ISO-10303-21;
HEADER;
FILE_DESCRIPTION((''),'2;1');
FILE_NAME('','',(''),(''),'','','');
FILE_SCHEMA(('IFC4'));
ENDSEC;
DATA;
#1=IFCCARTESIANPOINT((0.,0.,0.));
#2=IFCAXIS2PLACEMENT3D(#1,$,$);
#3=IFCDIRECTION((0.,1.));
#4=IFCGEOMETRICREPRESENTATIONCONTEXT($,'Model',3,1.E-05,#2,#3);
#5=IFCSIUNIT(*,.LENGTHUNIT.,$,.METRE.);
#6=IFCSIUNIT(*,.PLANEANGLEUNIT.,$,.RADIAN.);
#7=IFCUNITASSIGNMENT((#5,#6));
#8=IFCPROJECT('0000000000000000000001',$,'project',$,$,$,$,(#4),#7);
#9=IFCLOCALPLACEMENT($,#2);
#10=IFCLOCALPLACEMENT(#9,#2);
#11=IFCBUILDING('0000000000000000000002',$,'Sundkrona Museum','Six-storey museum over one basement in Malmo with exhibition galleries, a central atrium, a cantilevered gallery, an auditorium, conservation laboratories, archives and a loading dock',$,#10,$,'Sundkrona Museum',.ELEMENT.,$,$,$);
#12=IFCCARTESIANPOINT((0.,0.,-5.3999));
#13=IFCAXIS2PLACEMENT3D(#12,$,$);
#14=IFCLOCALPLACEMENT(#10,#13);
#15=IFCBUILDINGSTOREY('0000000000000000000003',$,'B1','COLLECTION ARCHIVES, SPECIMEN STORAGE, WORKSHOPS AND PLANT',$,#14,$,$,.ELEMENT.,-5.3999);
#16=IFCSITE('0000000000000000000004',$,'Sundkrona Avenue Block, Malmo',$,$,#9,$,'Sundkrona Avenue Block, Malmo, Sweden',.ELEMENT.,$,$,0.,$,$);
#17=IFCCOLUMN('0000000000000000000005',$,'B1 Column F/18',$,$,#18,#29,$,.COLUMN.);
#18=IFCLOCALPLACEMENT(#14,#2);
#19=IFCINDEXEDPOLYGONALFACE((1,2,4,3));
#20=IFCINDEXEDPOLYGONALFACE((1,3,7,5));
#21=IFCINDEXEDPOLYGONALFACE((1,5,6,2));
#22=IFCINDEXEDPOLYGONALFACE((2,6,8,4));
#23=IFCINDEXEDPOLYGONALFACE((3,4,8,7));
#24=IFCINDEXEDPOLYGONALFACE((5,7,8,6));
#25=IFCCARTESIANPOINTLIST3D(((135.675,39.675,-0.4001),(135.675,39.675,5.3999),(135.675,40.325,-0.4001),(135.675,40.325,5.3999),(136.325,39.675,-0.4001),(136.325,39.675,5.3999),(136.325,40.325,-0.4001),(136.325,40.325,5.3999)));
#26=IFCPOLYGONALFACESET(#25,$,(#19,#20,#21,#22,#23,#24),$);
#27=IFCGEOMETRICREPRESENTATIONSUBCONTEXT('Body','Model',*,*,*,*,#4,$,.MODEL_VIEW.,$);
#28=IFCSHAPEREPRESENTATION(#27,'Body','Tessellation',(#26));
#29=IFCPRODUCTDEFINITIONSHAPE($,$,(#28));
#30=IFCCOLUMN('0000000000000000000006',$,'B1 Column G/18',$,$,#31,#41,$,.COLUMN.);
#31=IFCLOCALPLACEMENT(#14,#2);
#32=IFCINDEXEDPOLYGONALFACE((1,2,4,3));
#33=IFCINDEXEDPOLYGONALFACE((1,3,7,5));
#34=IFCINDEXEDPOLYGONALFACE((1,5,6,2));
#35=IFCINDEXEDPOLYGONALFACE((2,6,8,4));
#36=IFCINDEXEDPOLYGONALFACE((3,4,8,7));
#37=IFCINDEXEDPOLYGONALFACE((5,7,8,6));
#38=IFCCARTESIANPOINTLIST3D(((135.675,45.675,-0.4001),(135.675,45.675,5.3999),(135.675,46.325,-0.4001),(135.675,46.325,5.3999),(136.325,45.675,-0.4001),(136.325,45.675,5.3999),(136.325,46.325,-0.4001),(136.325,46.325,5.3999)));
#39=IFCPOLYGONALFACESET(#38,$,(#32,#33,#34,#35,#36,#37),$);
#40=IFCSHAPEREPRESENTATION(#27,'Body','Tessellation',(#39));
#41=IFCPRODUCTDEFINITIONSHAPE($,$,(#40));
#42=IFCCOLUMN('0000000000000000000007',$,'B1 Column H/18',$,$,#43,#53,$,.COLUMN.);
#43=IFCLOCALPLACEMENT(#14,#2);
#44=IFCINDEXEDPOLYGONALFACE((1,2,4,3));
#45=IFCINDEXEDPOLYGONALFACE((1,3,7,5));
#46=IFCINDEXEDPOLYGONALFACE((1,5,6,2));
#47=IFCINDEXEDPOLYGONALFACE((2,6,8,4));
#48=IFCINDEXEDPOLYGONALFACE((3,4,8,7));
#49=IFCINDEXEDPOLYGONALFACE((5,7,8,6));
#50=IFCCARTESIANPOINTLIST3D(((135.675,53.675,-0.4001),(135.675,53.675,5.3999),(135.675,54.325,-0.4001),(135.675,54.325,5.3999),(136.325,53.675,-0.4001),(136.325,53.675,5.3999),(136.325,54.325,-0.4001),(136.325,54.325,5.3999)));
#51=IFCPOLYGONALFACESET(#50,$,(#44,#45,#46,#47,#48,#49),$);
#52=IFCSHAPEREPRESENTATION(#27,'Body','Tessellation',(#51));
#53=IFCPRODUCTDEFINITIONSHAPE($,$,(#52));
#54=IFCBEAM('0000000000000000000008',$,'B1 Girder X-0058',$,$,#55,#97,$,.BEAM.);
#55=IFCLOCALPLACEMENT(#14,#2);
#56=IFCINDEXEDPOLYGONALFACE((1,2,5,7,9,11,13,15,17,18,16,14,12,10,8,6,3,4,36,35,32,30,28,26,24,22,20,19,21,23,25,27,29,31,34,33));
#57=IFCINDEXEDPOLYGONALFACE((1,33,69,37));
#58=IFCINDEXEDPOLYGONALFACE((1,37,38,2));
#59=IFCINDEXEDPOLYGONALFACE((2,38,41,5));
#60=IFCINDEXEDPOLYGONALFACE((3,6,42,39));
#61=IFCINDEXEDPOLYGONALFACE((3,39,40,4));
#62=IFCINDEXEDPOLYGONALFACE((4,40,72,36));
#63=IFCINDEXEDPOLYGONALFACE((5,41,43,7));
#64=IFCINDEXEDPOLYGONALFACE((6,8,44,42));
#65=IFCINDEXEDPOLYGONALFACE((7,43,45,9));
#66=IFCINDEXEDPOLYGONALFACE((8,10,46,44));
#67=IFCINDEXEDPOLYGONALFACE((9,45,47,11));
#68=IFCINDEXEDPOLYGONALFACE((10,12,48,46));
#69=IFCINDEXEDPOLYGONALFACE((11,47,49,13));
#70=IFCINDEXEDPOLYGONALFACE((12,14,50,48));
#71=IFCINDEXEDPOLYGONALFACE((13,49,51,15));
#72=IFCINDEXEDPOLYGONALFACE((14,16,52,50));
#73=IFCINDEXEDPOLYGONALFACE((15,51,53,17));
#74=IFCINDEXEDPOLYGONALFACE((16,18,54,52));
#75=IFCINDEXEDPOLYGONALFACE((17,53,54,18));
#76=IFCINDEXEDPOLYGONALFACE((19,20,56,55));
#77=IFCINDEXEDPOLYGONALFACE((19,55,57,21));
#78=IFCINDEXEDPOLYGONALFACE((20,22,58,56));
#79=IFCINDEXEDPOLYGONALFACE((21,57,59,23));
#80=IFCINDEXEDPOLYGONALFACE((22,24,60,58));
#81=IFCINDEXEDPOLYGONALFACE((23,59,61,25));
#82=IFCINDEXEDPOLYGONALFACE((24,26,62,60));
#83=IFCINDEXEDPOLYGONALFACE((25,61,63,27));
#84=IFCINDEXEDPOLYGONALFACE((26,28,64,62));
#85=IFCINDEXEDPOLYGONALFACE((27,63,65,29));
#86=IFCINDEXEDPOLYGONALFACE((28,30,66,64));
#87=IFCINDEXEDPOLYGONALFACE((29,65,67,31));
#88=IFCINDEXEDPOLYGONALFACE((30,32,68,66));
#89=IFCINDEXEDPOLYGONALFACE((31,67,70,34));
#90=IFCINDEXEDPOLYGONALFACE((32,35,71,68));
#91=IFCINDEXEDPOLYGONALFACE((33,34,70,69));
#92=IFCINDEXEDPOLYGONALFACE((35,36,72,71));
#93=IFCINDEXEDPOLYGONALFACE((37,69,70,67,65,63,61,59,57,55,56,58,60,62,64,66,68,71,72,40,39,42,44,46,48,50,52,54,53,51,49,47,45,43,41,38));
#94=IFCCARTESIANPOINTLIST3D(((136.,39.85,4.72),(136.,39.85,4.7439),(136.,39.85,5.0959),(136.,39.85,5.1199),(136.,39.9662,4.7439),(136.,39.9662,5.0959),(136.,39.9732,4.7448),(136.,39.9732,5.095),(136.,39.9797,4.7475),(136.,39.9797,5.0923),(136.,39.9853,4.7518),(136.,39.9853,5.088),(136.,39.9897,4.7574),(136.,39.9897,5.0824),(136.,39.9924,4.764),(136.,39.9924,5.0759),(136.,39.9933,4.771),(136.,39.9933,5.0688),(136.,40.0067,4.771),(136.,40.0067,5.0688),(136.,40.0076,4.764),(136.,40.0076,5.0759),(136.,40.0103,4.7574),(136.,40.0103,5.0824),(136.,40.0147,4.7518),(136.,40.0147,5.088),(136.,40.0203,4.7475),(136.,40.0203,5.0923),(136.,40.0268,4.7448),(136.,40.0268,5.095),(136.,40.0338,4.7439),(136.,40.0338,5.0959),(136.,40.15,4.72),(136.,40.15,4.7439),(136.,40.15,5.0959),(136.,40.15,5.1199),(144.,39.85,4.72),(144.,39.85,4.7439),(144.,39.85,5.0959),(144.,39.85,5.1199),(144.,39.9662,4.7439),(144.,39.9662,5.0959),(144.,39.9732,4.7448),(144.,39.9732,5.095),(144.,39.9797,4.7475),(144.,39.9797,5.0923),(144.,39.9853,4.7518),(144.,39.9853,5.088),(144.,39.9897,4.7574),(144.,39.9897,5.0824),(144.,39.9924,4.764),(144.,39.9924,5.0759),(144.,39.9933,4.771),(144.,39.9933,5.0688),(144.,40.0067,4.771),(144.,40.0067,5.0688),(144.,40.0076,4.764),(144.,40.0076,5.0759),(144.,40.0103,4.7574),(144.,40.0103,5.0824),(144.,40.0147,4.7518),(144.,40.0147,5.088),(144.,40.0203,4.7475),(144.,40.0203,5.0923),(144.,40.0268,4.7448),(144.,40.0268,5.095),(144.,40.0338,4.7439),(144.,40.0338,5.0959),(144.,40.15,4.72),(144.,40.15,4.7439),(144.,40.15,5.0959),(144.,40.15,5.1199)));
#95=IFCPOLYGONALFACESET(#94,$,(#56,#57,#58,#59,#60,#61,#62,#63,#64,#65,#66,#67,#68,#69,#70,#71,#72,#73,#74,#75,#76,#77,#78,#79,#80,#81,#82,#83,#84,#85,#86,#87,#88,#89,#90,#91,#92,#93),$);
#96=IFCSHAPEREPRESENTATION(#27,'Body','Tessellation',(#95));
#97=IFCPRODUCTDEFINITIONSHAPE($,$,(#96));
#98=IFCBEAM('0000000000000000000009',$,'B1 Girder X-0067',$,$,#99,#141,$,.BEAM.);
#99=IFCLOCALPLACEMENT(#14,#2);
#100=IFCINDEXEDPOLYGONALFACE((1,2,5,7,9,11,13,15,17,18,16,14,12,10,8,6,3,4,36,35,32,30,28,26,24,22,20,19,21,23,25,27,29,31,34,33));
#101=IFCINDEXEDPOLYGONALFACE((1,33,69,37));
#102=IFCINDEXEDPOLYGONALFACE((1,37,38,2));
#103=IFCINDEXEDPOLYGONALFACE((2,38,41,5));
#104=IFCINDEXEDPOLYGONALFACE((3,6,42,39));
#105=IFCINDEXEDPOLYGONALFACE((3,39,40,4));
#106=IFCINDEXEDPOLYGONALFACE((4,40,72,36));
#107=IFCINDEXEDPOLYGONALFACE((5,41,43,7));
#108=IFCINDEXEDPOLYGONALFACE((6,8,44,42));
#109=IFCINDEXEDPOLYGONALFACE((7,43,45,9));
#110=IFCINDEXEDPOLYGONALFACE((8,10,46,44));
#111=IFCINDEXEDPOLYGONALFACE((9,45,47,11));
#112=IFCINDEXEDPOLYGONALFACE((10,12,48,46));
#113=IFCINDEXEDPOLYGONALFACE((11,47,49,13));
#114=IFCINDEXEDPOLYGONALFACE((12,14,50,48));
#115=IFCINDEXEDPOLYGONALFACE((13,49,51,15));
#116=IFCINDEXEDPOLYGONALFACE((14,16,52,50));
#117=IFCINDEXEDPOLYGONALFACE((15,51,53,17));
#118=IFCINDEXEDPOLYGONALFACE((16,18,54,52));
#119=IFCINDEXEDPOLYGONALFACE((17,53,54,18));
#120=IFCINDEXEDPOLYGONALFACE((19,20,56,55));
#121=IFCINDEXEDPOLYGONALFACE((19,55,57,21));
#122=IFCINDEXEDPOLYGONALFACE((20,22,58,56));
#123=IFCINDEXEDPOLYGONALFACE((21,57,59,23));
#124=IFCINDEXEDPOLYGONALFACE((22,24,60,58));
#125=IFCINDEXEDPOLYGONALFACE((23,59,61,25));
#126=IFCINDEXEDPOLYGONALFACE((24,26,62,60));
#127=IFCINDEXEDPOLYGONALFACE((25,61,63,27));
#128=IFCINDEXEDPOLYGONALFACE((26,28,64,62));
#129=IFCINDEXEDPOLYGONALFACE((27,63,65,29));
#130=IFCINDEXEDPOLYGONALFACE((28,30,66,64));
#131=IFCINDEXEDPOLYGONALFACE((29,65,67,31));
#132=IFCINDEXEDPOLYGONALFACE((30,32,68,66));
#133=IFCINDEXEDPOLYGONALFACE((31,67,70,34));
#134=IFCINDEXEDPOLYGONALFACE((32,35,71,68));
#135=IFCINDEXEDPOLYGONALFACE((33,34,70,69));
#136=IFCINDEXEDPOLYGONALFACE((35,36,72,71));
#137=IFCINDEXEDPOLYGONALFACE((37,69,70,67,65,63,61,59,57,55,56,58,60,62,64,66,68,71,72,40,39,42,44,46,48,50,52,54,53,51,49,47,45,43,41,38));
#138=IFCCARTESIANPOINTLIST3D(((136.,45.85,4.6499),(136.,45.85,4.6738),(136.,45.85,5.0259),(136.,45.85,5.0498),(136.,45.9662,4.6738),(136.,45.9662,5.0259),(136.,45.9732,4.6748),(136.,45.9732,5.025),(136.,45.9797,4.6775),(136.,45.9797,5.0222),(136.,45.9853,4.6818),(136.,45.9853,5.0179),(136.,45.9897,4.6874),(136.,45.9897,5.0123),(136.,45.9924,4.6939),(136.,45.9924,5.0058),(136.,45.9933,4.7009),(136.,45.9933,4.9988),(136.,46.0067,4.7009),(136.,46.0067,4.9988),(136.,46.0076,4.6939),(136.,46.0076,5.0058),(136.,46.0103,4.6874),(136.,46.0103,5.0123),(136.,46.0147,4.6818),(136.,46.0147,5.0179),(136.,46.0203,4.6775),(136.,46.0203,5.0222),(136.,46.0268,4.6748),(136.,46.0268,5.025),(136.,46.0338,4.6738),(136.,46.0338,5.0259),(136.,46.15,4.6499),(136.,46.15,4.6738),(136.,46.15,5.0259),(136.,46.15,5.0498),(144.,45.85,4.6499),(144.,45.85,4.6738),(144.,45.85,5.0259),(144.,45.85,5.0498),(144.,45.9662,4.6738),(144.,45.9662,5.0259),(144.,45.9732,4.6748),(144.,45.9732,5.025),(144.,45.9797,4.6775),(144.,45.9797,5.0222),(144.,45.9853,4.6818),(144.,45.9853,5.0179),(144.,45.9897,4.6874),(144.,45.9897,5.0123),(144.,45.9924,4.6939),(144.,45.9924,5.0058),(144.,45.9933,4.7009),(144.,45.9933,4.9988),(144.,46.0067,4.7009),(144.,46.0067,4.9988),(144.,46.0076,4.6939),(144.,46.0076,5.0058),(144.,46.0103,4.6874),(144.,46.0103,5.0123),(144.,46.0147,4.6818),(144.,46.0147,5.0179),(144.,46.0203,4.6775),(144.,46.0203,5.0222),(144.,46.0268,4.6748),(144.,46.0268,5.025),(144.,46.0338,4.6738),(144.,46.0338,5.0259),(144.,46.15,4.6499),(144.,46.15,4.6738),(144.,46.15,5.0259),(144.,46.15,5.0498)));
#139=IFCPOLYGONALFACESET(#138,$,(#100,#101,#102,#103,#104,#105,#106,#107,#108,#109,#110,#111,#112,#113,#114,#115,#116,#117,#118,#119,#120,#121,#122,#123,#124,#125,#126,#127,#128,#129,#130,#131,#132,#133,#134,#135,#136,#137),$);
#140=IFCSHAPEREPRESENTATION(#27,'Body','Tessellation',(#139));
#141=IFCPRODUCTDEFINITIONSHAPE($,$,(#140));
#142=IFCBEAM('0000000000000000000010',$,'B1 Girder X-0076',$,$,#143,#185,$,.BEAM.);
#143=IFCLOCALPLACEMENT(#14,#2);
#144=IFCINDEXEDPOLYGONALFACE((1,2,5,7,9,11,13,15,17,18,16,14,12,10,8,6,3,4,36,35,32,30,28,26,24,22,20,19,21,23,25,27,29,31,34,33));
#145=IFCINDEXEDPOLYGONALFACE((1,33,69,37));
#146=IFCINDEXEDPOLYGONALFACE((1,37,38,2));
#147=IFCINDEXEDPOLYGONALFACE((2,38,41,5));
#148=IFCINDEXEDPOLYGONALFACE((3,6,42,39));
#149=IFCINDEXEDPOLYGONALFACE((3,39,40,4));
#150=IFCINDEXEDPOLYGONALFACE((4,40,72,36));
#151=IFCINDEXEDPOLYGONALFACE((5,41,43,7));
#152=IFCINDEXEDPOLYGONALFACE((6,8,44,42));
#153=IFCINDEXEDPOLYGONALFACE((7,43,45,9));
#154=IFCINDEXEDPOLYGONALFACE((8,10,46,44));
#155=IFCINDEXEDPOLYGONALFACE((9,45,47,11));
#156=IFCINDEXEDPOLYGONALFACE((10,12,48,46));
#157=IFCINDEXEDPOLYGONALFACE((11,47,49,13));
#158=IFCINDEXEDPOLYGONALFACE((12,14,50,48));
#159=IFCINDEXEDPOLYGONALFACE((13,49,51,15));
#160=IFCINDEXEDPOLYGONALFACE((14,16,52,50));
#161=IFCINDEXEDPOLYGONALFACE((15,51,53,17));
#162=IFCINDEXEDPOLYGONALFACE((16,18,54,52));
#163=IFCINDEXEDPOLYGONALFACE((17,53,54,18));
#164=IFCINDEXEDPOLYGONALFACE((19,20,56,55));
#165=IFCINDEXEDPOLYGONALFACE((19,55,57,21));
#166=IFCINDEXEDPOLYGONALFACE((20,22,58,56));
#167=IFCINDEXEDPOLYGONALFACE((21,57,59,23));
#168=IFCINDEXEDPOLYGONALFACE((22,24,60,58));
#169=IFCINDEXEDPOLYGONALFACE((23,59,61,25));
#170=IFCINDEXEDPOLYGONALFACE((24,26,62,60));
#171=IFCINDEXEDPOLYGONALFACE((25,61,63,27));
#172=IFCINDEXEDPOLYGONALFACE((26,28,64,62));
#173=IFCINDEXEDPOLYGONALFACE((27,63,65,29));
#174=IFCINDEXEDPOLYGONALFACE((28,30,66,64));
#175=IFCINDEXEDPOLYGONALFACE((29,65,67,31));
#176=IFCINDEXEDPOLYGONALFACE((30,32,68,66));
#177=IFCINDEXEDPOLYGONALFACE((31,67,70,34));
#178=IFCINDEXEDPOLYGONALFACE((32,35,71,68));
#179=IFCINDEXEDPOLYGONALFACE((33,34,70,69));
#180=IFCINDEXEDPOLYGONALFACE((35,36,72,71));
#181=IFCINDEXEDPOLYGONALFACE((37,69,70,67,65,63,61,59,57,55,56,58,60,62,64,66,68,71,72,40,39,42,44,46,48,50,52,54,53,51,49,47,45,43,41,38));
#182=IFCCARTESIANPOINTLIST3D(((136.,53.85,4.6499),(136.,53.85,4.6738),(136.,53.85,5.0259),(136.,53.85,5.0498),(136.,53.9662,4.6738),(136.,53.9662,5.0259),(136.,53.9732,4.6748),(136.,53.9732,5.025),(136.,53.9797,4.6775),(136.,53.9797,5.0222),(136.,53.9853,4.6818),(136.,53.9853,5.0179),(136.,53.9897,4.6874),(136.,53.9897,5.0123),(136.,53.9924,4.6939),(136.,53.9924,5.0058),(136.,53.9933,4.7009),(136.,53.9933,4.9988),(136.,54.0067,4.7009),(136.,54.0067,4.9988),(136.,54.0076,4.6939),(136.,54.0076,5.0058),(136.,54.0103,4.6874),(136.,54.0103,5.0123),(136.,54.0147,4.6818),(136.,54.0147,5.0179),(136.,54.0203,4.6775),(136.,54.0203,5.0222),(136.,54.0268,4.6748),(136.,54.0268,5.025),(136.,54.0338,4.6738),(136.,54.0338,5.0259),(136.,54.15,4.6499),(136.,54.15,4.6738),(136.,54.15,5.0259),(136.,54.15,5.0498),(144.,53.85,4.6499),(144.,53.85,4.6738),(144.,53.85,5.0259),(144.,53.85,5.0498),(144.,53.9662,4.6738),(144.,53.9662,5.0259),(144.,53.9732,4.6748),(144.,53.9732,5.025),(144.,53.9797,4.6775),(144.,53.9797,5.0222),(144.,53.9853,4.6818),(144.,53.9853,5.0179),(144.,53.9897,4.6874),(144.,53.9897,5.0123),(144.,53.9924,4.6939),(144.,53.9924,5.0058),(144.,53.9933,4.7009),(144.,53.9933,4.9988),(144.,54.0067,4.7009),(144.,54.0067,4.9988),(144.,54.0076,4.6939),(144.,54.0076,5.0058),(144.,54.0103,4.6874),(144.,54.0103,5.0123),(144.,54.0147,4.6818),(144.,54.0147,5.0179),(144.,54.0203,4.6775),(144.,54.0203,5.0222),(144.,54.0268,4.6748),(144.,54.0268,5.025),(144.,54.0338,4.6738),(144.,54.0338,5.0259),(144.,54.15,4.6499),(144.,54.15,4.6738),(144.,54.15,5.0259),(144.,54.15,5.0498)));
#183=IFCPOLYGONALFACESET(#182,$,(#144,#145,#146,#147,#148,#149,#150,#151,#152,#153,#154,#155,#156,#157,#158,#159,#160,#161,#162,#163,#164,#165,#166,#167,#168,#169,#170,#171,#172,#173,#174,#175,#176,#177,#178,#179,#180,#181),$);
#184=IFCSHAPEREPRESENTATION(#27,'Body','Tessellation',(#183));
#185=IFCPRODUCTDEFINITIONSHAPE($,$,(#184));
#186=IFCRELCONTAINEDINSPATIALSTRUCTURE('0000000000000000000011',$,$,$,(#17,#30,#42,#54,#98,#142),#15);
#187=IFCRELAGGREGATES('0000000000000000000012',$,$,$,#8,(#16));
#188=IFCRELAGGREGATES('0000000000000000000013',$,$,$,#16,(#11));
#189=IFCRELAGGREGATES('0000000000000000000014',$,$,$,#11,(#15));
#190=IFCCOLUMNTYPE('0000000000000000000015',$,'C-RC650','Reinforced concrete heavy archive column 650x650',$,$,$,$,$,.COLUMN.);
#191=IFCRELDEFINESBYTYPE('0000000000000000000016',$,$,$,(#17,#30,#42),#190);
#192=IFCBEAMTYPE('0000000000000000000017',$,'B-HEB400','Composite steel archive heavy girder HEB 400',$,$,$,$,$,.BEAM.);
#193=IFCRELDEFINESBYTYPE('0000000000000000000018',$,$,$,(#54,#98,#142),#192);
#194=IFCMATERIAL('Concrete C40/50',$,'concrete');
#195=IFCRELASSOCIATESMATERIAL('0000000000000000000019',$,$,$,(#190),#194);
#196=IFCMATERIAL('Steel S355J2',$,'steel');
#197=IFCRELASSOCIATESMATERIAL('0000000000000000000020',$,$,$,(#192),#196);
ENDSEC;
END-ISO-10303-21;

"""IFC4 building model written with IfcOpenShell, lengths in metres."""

from ifc_helpers import new_model, si_unit, direction, frame, origin, origin_2d, place, context, subcontext, project, spatial, rectangle, i_section, extrude, material, material_profile, profile_set, type_object, element, save


model = new_model("IFC4")

# Units and contexts
model_context = context("Model", 3, precision=1e-05, world=origin(), true_north=direction((0.0, 1.0)))
body_context = subcontext(model_context, "Body", "Model", "MODEL_VIEW")
ifc_project = project(units=[si_unit("LENGTHUNIT", "METRE"), si_unit("PLANEANGLEUNIT", "RADIAN")], contexts=[model_context])

# Site, building, storey
site_placement = place(None, origin())
site = spatial("IfcSite", under=ifc_project, at=site_placement, Name="Sundkrona Avenue Block, Malmo", LongName="Sundkrona Avenue Block, Malmo, Sweden", CompositionType="ELEMENT", RefElevation=0.0)
building_placement = place(site_placement, origin())
building = spatial("IfcBuilding", under=site, at=building_placement, Name="Sundkrona Museum", Description="Six-storey museum over one basement in Malmo with exhibition galleries, a central atrium, a cantilevered gallery, an auditorium, conservation laboratories, archives and a loading dock", LongName="Sundkrona Museum", CompositionType="ELEMENT")
storey_placement = place(building_placement, frame((0.0, 0.0, -5.3999)))
storey = spatial("IfcBuildingStorey", under=building, at=storey_placement, Name="B1", Description="COLLECTION ARCHIVES, SPECIMEN STORAGE, WORKSHOPS AND PLANT", CompositionType="ELEMENT", Elevation=-5.3999)

# Shared definitions
ifc_material_1 = material(Name="Concrete C40/50", Category="concrete")

# Columns
ifc_material_profile_1 = material_profile(ifc_material_1, rectangle(XDim=0.6499, YDim=0.6499, at=origin_2d()), Name="RC 650x650")
ifc_profile_set_1 = profile_set([ifc_material_profile_1], Name="Concrete C40/50")
column_type = type_object("IfcColumnType", Name="C-RC650", Description="Reinforced concrete heavy archive column 650x650", PredefinedType="COLUMN", material=ifc_profile_set_1)
for number, where, z_axis, x_axis, name in (
    (1, (136.0, 40.0, -0.4001), (0.0, 0.0, 1.0), (1.0, 0.0, 0.0), "B1 Column F/18"),
    (2, (136.0, 46.0, -0.4001), (0.0, 0.0, 1.0), (1.0, 0.0, 0.0), "B1 Column G/18"),
    (3, (136.0, 54.0, -0.4001), (0.0, 0.0, 1.0), (1.0, 0.0, 0.0), "B1 Column H/18"),
):
    element("IfcColumn", number, at=place(storey_placement, frame(where, z_axis=z_axis, x_axis=x_axis)), inside=storey, type_object=column_type, Name=name, PredefinedType="COLUMN", context=body_context, shape_type="SweptSolid", body=[
        extrude(rectangle(XDim=0.6499, YDim=0.6499, at=origin_2d()), origin(), (0.0, 0.0, 1.0), 5.8),
    ])

# Beams
ifc_material_2 = material(Name="Steel S355J2", Category="steel")
ifc_material_profile_2 = material_profile(ifc_material_2, i_section(OverallWidth=0.3, OverallDepth=0.3999, WebThickness=0.0134, FlangeThickness=0.0239, FilletRadius=0.0271, at=origin_2d()), Name="HEB 400")
ifc_profile_set_2 = profile_set([ifc_material_profile_2], Name="Steel S355J2")
beam_type_1 = type_object("IfcBeamType", Name="B-HEB400", Description="Composite steel archive heavy girder HEB 400", PredefinedType="BEAM", material=ifc_profile_set_2)
for number, where, z_axis, x_axis, name in (
    (4, (136.0, 40.0, 4.9199), (1.0, 0.0, 0.0), (0.0, 1.0, 0.0), "B1 Girder X-0058"),
    (5, (136.0, 46.0, 4.8499), (1.0, 0.0, 0.0), (0.0, 1.0, 0.0), "B1 Girder X-0067"),
    (6, (136.0, 54.0, 4.8499), (1.0, 0.0, 0.0), (0.0, 1.0, 0.0), "B1 Girder X-0076"),
):
    element("IfcBeam", number, at=place(storey_placement, frame(where, z_axis=z_axis, x_axis=x_axis)), inside=storey, type_object=beam_type_1, Name=name, PredefinedType="BEAM", context=body_context, shape_type="SweptSolid", body=[
        extrude(i_section(OverallWidth=0.3, OverallDepth=0.3999, WebThickness=0.0134, FlangeThickness=0.0239, FilletRadius=0.0271, at=origin_2d()), origin(), (0.0, 0.0, 1.0), 8.0),
    ])

save(model, "model.ifc")
